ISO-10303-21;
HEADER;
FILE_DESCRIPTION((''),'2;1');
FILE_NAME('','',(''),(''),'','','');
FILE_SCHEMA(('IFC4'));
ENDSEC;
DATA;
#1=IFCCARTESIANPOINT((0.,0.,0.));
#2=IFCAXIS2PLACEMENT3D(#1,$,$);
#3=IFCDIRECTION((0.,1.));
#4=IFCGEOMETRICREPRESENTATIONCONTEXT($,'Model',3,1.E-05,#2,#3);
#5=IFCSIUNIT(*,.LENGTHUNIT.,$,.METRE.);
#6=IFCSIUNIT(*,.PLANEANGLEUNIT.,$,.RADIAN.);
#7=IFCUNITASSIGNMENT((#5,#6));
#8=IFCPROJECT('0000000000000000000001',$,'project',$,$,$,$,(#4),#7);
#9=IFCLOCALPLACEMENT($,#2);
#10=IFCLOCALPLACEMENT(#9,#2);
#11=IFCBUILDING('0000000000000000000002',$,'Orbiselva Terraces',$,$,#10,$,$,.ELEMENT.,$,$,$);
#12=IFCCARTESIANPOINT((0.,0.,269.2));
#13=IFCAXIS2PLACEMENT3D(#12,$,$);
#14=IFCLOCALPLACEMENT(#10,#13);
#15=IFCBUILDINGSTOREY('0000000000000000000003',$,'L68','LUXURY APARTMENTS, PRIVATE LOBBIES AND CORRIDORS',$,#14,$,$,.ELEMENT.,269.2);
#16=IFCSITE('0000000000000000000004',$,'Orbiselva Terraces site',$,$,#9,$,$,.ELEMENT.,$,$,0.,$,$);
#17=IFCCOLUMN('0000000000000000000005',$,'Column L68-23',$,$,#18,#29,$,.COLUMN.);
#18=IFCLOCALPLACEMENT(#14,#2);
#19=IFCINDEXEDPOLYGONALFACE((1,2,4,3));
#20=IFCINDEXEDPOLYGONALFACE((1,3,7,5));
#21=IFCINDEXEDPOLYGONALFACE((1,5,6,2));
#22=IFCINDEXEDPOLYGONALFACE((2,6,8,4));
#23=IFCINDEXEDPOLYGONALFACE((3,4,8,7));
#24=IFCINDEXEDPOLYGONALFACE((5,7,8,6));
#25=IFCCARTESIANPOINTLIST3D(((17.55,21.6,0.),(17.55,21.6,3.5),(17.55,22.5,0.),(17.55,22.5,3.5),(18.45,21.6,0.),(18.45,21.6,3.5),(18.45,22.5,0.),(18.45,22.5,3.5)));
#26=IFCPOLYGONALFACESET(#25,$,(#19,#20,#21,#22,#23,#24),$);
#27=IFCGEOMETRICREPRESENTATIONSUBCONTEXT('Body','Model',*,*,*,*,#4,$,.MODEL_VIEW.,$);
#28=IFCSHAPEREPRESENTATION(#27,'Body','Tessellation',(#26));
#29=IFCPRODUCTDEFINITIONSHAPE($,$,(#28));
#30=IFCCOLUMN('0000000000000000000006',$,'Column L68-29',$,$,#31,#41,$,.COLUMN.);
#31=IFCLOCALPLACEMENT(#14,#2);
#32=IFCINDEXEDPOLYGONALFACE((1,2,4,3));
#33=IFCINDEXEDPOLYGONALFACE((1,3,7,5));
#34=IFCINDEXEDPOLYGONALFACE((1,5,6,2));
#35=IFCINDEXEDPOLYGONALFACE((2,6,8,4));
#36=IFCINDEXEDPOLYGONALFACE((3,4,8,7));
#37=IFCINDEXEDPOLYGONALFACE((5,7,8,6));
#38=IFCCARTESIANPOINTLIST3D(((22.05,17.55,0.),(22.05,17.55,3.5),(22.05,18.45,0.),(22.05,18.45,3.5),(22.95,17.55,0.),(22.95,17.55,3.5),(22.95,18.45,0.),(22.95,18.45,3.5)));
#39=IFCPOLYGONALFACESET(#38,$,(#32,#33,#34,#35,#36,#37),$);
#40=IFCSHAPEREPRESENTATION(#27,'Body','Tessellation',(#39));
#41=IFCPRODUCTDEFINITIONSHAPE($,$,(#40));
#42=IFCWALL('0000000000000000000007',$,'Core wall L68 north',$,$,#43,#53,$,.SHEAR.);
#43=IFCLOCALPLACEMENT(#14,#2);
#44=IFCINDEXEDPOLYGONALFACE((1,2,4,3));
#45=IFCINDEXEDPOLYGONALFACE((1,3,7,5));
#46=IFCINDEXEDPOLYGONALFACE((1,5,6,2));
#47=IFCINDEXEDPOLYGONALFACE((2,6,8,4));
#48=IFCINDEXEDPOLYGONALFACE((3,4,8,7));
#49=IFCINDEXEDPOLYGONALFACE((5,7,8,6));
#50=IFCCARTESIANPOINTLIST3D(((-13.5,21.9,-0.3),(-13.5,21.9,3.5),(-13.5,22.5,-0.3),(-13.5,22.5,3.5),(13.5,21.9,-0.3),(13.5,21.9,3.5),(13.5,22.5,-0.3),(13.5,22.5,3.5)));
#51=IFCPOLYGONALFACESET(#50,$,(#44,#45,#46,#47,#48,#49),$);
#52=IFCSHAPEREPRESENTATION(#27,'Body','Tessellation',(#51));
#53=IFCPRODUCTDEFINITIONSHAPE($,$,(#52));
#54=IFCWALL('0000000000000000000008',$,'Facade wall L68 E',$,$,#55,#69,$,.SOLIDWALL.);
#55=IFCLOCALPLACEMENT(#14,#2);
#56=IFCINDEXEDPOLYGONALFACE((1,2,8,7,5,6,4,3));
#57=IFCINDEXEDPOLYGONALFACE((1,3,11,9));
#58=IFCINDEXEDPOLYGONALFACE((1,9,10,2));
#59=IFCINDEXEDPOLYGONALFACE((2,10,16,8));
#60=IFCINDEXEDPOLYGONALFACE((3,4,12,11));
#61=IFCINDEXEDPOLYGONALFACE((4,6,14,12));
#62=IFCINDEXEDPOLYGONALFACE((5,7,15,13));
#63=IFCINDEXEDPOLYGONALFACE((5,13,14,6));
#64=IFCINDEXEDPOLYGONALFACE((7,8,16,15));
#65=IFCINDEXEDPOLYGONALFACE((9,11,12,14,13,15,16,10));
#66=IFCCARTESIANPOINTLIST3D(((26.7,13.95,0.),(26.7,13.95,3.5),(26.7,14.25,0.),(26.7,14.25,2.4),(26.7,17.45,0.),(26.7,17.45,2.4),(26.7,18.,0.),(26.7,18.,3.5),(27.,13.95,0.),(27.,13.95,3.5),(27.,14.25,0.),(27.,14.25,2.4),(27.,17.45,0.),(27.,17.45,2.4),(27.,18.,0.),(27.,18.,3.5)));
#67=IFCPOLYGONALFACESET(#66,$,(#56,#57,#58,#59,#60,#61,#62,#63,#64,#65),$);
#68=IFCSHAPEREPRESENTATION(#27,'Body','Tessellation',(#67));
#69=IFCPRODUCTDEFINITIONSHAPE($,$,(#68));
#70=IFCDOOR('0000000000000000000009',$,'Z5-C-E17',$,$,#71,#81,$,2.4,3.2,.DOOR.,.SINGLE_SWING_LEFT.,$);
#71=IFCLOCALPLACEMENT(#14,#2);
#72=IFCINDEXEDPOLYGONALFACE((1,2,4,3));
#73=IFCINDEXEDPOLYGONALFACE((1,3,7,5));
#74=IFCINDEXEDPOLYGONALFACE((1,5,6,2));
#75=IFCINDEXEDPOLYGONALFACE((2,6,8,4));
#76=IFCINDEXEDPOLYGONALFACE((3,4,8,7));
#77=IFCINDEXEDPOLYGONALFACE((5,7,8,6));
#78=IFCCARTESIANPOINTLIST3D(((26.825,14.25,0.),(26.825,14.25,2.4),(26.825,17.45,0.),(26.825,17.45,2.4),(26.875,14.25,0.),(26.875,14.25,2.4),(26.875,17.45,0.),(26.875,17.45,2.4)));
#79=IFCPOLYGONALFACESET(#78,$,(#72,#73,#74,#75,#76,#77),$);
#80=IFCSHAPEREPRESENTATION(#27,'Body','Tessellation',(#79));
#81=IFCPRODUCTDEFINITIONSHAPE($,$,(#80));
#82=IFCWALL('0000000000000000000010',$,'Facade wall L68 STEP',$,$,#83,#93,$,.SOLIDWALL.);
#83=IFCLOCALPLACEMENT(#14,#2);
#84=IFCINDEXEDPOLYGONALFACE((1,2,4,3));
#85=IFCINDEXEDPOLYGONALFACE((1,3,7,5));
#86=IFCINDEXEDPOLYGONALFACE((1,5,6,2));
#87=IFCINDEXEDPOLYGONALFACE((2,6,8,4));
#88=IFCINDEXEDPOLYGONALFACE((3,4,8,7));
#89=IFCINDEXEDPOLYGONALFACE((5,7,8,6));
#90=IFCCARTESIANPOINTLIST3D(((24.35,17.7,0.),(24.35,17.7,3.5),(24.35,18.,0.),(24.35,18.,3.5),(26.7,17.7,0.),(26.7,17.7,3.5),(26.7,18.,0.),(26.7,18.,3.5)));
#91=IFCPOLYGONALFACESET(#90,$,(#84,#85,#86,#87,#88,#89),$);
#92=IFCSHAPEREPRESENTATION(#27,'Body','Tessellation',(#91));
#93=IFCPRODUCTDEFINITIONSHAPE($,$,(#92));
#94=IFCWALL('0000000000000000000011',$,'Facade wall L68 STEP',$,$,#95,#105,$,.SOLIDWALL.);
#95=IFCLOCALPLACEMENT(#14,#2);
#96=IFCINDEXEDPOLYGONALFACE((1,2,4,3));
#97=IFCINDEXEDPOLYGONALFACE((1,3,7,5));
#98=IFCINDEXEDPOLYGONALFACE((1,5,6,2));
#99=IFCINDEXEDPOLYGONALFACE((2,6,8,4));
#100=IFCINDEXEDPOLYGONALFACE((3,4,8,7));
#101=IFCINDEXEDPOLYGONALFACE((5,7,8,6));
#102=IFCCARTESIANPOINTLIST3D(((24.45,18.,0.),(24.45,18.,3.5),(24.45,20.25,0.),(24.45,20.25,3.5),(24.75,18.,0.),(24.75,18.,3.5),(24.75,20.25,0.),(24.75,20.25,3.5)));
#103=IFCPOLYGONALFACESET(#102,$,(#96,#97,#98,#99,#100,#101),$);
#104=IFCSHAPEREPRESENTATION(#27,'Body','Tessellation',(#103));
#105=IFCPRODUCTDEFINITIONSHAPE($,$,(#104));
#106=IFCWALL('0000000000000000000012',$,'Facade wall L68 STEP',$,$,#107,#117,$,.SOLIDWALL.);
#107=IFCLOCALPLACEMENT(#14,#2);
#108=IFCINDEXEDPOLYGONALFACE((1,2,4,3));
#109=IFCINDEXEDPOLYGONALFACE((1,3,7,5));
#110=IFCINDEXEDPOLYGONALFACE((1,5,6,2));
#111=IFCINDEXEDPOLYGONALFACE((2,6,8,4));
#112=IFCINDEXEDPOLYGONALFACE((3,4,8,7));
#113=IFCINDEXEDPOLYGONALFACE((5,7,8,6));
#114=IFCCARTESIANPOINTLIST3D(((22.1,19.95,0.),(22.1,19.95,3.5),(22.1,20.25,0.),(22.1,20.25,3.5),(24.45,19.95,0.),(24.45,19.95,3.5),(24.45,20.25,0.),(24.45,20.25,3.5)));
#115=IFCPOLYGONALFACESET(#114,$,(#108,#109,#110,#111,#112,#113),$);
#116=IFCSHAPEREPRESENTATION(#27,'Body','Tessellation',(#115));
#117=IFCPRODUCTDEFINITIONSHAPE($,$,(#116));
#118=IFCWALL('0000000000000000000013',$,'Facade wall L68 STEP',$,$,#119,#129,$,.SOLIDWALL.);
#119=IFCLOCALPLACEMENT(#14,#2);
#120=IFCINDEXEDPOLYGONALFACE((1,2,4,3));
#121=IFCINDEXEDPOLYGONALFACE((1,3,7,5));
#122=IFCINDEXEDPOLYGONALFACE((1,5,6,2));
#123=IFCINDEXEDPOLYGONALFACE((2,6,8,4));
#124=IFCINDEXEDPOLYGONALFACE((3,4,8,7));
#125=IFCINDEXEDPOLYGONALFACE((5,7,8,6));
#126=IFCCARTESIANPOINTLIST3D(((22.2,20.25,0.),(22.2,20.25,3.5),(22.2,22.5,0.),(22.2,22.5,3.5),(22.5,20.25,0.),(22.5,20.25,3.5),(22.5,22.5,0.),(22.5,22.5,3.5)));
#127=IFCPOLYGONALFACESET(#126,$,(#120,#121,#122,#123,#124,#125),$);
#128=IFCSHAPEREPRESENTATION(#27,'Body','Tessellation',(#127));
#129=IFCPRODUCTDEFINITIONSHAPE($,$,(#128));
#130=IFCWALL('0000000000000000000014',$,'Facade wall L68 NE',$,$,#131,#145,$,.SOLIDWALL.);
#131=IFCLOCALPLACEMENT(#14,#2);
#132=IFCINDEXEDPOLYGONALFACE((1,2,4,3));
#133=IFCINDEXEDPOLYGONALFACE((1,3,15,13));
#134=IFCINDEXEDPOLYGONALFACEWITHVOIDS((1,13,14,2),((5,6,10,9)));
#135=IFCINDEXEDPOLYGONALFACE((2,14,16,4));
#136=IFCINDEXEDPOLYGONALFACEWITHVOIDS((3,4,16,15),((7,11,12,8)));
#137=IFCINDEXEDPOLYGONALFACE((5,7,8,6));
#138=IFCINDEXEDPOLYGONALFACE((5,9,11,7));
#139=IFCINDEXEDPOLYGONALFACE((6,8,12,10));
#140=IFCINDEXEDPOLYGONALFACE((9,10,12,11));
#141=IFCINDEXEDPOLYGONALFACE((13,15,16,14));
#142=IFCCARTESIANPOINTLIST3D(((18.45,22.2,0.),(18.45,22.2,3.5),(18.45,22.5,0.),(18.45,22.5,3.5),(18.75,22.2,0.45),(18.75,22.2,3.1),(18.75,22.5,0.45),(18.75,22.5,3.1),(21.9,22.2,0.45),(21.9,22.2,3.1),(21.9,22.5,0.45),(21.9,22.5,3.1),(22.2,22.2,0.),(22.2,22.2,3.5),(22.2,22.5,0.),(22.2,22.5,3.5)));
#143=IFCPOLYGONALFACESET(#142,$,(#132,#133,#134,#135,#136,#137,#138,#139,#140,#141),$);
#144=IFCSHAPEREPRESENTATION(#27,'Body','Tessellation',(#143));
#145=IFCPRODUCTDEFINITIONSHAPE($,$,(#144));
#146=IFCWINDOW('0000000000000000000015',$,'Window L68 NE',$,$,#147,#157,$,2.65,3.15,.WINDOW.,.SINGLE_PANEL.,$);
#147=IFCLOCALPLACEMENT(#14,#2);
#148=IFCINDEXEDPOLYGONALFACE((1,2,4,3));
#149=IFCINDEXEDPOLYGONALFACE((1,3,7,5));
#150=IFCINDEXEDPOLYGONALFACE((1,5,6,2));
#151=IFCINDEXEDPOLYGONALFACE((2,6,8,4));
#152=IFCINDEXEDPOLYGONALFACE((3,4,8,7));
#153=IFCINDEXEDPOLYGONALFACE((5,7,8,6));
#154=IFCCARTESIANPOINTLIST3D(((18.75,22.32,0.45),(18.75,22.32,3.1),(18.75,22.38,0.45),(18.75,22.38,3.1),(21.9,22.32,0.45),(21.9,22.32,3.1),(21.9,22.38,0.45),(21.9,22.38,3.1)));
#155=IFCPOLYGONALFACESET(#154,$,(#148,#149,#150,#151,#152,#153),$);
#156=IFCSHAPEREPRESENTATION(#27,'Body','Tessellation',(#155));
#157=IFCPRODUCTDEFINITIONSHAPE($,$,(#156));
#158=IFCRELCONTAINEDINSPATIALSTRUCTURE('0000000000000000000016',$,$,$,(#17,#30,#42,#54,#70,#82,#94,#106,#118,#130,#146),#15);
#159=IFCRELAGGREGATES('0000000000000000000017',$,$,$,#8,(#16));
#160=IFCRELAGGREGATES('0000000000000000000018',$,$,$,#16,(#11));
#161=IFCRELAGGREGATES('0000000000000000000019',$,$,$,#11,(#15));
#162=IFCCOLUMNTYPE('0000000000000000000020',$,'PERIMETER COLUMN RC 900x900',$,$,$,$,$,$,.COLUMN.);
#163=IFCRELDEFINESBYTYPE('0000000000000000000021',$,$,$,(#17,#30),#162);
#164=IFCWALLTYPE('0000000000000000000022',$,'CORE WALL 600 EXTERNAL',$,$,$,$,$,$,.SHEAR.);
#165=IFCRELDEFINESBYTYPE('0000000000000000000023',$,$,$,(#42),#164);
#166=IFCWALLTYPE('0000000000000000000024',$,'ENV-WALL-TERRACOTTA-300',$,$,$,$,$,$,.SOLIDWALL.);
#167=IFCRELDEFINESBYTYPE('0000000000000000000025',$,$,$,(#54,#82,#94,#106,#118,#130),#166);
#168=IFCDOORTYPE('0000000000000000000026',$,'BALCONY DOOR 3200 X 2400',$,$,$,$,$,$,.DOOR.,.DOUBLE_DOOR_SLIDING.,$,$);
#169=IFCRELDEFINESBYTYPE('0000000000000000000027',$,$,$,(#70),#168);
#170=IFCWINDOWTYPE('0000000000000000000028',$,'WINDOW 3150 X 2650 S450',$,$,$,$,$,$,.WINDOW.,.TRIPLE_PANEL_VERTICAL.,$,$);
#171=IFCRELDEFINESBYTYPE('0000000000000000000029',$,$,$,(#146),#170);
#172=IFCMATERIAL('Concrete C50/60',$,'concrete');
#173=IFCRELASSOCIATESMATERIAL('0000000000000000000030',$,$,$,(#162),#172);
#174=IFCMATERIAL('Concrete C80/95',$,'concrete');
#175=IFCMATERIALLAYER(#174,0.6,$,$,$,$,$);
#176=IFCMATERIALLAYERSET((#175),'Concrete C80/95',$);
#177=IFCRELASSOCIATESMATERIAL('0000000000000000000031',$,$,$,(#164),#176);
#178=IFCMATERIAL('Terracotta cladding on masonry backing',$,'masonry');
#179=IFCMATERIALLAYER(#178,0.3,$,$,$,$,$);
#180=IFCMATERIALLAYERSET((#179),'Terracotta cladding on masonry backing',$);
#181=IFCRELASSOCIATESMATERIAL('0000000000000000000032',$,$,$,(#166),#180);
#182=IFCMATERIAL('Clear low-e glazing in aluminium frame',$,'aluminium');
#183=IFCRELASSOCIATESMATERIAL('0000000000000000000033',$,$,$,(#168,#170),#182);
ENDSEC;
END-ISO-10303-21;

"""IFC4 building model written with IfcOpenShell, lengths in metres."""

from ifc_helpers import new_model, si_unit, direction, frame, frame_2d, origin, origin_2d, place, context, subcontext, project, spatial, rectangle, extrude, material, layer, layer_set, material_profile, profile_set, type_object, element, fill, save


model = new_model("IFC4")

# Units and contexts
model_context = context("Model", 3, precision=1e-05, world=origin(), true_north=direction((0.0, 1.0)))
body_context = subcontext(model_context, "Body", "Model", "MODEL_VIEW")
ifc_project = project(units=[si_unit("LENGTHUNIT", "METRE"), si_unit("PLANEANGLEUNIT", "RADIAN")], contexts=[model_context])

# Site, building, storey
site_placement = place(None, origin())
site = spatial("IfcSite", under=ifc_project, at=site_placement, Name="Orbiselva Terraces site", CompositionType="ELEMENT", RefElevation=0.0)
building_placement = place(site_placement, origin())
building = spatial("IfcBuilding", under=site, at=building_placement, Name="Orbiselva Terraces", CompositionType="ELEMENT")
storey_placement = place(building_placement, frame((0.0, 0.0, 269.2)))
storey = spatial("IfcBuildingStorey", under=building, at=storey_placement, Name="L68", Description="LUXURY APARTMENTS, PRIVATE LOBBIES AND CORRIDORS", CompositionType="ELEMENT", Elevation=269.2)

# Columns
ifc_material_1 = material(Name="Concrete C50/60", Category="concrete")
ifc_material_profile = material_profile(ifc_material_1, rectangle(XDim=0.9, YDim=0.9, at=origin_2d()), Name="RC 900x900")
ifc_profile_set = profile_set([ifc_material_profile], Name="Concrete C50/60")
column_type = type_object("IfcColumnType", Name="PERIMETER COLUMN RC 900x900", PredefinedType="COLUMN", material=ifc_profile_set)
for number, where, z_axis, x_axis, name in (
    (1, (18.0, 22.05, 0.0), (0.0, 0.0, 1.0), (1.0, 0.0, 0.0), "Column L68-23"),
    (2, (22.5, 18.0, 0.0), (0.0, 0.0, 1.0), (1.0, 0.0, 0.0), "Column L68-29"),
):
    element("IfcColumn", number, at=place(storey_placement, frame(where, z_axis=z_axis, x_axis=x_axis)), inside=storey, type_object=column_type, Name=name, PredefinedType="COLUMN", context=body_context, shape_type="SweptSolid", body=[
        extrude(rectangle(XDim=0.9, YDim=0.9, at=origin_2d()), origin(), (0.0, 0.0, 1.0), 3.5),
    ])

# Wall
ifc_material_2 = material(Name="Concrete C80/95", Category="concrete")
ifc_layer_1 = layer(ifc_material_2, 0.6)
ifc_layer_set_1 = layer_set([ifc_layer_1], Name="Concrete C80/95")
wall_type_1 = type_object("IfcWallType", Name="CORE WALL 600 EXTERNAL", PredefinedType="SHEAR", material=ifc_layer_set_1)
wall_1_placement = place(storey_placement, frame((13.5, 22.2, -0.3), z_axis=(0.0, 0.0, 1.0), x_axis=(-1.0, 0.0, 0.0)))
element("IfcWall", 3, at=wall_1_placement, inside=storey, type_object=wall_type_1, Name="Core wall L68 north", PredefinedType="SHEAR", context=body_context, shape_type="SweptSolid", body=[
    extrude(rectangle(XDim=27.0, YDim=0.6, at=frame_2d((13.5, 0.0))), origin(), (0.0, 0.0, 1.0), 3.8),
])

# Wall, opening, door
ifc_material_3 = material(Name="Terracotta cladding on masonry backing", Category="masonry")
ifc_layer_2 = layer(ifc_material_3, 0.3)
ifc_layer_set_2 = layer_set([ifc_layer_2], Name="Terracotta cladding on masonry backing")
wall_type_2 = type_object("IfcWallType", Name="ENV-WALL-TERRACOTTA-300", PredefinedType="SOLIDWALL", material=ifc_layer_set_2)
wall_2_placement = place(storey_placement, frame((26.85, 18.0, 0.0), z_axis=(0.0, 0.0, 1.0), x_axis=(0.0, -1.0, 0.0)))
wall_2 = element("IfcWall", 4, at=wall_2_placement, inside=storey, type_object=wall_type_2, Name="Facade wall L68 E", PredefinedType="SOLIDWALL", context=body_context, shape_type="SweptSolid", body=[
    extrude(rectangle(XDim=4.05, YDim=0.3, at=frame_2d((2.025, 0.0))), origin(), (0.0, 0.0, 1.0), 3.5),
])
opening_1_placement = place(wall_2_placement, frame((0.55, 0.0, 0.0)))
opening_1 = element("IfcOpeningElement", 5, at=opening_1_placement, cuts=wall_2, PredefinedType="OPENING", context=body_context, shape_type="SweptSolid", body=[
    extrude(rectangle(XDim=3.2, YDim=2.4, at=frame_2d((1.6, 1.2))), frame((0.0, 0.16, 0.0), z_axis=(0.0, -1.0, 0.0), x_axis=(1.0, 0.0, 0.0)), (0.0, 0.0, 1.0), 0.32),
])
ifc_material_4 = material(Name="Clear low-e glazing in aluminium frame", Category="aluminium")
door_type_1 = type_object("IfcDoorType", Name="BALCONY DOOR 3200 X 2400", OperationType="DOUBLE_DOOR_SLIDING", PredefinedType="DOOR", material=ifc_material_4)
door_1_placement = place(opening_1_placement, origin())
door_1 = element("IfcDoor", 6, at=door_1_placement, inside=storey, type_object=door_type_1, Name="Z5-C-E17", OperationType="SINGLE_SWING_LEFT", OverallHeight=2.4, OverallWidth=3.2, PredefinedType="DOOR", context=body_context, shape_type="SweptSolid", body=[
    extrude(rectangle(XDim=3.2, YDim=2.4, at=frame_2d((1.6, 1.2))), frame((0.0, 0.025, 0.0), z_axis=(0.0, -1.0, 0.0), x_axis=(1.0, 0.0, 0.0)), (0.0, 0.0, 1.0), 0.05),
])
fill(opening_1, door_1)

# Walls
wall_3_placement = place(storey_placement, frame((24.35, 17.85, 0.0), z_axis=(0.0, 0.0, 1.0), x_axis=(1.0, 0.0, 0.0)))
element("IfcWall", 7, at=wall_3_placement, inside=storey, type_object=wall_type_2, Name="Facade wall L68 STEP", PredefinedType="SOLIDWALL", context=body_context, shape_type="SweptSolid", body=[
    extrude(rectangle(XDim=2.35, YDim=0.3, at=frame_2d((1.175, 0.0))), origin(), (0.0, 0.0, 1.0), 3.5),
])
wall_4_placement = place(storey_placement, frame((24.6, 20.25, 0.0), z_axis=(0.0, 0.0, 1.0), x_axis=(0.0, -1.0, 0.0)))
element("IfcWall", 8, at=wall_4_placement, inside=storey, type_object=wall_type_2, Name="Facade wall L68 STEP", PredefinedType="SOLIDWALL", context=body_context, shape_type="SweptSolid", body=[
    extrude(rectangle(XDim=2.25, YDim=0.3, at=frame_2d((1.125, 0.0))), origin(), (0.0, 0.0, 1.0), 3.5),
])
wall_5_placement = place(storey_placement, frame((22.1, 20.1, 0.0), z_axis=(0.0, 0.0, 1.0), x_axis=(1.0, 0.0, 0.0)))
element("IfcWall", 9, at=wall_5_placement, inside=storey, type_object=wall_type_2, Name="Facade wall L68 STEP", PredefinedType="SOLIDWALL", context=body_context, shape_type="SweptSolid", body=[
    extrude(rectangle(XDim=2.35, YDim=0.3, at=frame_2d((1.175, 0.0))), origin(), (0.0, 0.0, 1.0), 3.5),
])
wall_6_placement = place(storey_placement, frame((22.35, 22.5, 0.0), z_axis=(0.0, 0.0, 1.0), x_axis=(0.0, -1.0, 0.0)))
element("IfcWall", 10, at=wall_6_placement, inside=storey, type_object=wall_type_2, Name="Facade wall L68 STEP", PredefinedType="SOLIDWALL", context=body_context, shape_type="SweptSolid", body=[
    extrude(rectangle(XDim=2.25, YDim=0.3, at=frame_2d((1.125, 0.0))), origin(), (0.0, 0.0, 1.0), 3.5),
])

# Wall, opening, window
wall_7_placement = place(storey_placement, frame((18.45, 22.35, 0.0), z_axis=(0.0, 0.0, 1.0), x_axis=(1.0, 0.0, 0.0)))
wall_7 = element("IfcWall", 11, at=wall_7_placement, inside=storey, type_object=wall_type_2, Name="Facade wall L68 NE", PredefinedType="SOLIDWALL", context=body_context, shape_type="SweptSolid", body=[
    extrude(rectangle(XDim=3.75, YDim=0.3, at=frame_2d((1.875, 0.0))), origin(), (0.0, 0.0, 1.0), 3.5),
])
opening_2_placement = place(wall_7_placement, frame((0.3, 0.0, 0.45)))
opening_2 = element("IfcOpeningElement", 12, at=opening_2_placement, cuts=wall_7, PredefinedType="OPENING", context=body_context, shape_type="SweptSolid", body=[
    extrude(rectangle(XDim=3.15, YDim=2.65, at=frame_2d((1.575, 1.325))), frame((0.0, 0.16, 0.0), z_axis=(0.0, -1.0, 0.0), x_axis=(1.0, 0.0, 0.0)), (0.0, 0.0, 1.0), 0.32),
])
window_type = type_object("IfcWindowType", Name="WINDOW 3150 X 2650 S450", PartitioningType="TRIPLE_PANEL_VERTICAL", PredefinedType="WINDOW", material=ifc_material_4)
window_placement = place(opening_2_placement, origin())
window = element("IfcWindow", 13, at=window_placement, inside=storey, type_object=window_type, Name="Window L68 NE", OverallHeight=2.65, OverallWidth=3.15, PartitioningType="SINGLE_PANEL", PredefinedType="WINDOW", context=body_context, shape_type="SweptSolid", body=[
    extrude(rectangle(XDim=3.15, YDim=2.65, at=frame_2d((1.575, 1.325))), frame((0.0, 0.03, 0.0), z_axis=(0.0, -1.0, 0.0), x_axis=(1.0, 0.0, 0.0)), (0.0, 0.0, 1.0), 0.06),
])
fill(opening_2, window)

save(model, "model.ifc")
